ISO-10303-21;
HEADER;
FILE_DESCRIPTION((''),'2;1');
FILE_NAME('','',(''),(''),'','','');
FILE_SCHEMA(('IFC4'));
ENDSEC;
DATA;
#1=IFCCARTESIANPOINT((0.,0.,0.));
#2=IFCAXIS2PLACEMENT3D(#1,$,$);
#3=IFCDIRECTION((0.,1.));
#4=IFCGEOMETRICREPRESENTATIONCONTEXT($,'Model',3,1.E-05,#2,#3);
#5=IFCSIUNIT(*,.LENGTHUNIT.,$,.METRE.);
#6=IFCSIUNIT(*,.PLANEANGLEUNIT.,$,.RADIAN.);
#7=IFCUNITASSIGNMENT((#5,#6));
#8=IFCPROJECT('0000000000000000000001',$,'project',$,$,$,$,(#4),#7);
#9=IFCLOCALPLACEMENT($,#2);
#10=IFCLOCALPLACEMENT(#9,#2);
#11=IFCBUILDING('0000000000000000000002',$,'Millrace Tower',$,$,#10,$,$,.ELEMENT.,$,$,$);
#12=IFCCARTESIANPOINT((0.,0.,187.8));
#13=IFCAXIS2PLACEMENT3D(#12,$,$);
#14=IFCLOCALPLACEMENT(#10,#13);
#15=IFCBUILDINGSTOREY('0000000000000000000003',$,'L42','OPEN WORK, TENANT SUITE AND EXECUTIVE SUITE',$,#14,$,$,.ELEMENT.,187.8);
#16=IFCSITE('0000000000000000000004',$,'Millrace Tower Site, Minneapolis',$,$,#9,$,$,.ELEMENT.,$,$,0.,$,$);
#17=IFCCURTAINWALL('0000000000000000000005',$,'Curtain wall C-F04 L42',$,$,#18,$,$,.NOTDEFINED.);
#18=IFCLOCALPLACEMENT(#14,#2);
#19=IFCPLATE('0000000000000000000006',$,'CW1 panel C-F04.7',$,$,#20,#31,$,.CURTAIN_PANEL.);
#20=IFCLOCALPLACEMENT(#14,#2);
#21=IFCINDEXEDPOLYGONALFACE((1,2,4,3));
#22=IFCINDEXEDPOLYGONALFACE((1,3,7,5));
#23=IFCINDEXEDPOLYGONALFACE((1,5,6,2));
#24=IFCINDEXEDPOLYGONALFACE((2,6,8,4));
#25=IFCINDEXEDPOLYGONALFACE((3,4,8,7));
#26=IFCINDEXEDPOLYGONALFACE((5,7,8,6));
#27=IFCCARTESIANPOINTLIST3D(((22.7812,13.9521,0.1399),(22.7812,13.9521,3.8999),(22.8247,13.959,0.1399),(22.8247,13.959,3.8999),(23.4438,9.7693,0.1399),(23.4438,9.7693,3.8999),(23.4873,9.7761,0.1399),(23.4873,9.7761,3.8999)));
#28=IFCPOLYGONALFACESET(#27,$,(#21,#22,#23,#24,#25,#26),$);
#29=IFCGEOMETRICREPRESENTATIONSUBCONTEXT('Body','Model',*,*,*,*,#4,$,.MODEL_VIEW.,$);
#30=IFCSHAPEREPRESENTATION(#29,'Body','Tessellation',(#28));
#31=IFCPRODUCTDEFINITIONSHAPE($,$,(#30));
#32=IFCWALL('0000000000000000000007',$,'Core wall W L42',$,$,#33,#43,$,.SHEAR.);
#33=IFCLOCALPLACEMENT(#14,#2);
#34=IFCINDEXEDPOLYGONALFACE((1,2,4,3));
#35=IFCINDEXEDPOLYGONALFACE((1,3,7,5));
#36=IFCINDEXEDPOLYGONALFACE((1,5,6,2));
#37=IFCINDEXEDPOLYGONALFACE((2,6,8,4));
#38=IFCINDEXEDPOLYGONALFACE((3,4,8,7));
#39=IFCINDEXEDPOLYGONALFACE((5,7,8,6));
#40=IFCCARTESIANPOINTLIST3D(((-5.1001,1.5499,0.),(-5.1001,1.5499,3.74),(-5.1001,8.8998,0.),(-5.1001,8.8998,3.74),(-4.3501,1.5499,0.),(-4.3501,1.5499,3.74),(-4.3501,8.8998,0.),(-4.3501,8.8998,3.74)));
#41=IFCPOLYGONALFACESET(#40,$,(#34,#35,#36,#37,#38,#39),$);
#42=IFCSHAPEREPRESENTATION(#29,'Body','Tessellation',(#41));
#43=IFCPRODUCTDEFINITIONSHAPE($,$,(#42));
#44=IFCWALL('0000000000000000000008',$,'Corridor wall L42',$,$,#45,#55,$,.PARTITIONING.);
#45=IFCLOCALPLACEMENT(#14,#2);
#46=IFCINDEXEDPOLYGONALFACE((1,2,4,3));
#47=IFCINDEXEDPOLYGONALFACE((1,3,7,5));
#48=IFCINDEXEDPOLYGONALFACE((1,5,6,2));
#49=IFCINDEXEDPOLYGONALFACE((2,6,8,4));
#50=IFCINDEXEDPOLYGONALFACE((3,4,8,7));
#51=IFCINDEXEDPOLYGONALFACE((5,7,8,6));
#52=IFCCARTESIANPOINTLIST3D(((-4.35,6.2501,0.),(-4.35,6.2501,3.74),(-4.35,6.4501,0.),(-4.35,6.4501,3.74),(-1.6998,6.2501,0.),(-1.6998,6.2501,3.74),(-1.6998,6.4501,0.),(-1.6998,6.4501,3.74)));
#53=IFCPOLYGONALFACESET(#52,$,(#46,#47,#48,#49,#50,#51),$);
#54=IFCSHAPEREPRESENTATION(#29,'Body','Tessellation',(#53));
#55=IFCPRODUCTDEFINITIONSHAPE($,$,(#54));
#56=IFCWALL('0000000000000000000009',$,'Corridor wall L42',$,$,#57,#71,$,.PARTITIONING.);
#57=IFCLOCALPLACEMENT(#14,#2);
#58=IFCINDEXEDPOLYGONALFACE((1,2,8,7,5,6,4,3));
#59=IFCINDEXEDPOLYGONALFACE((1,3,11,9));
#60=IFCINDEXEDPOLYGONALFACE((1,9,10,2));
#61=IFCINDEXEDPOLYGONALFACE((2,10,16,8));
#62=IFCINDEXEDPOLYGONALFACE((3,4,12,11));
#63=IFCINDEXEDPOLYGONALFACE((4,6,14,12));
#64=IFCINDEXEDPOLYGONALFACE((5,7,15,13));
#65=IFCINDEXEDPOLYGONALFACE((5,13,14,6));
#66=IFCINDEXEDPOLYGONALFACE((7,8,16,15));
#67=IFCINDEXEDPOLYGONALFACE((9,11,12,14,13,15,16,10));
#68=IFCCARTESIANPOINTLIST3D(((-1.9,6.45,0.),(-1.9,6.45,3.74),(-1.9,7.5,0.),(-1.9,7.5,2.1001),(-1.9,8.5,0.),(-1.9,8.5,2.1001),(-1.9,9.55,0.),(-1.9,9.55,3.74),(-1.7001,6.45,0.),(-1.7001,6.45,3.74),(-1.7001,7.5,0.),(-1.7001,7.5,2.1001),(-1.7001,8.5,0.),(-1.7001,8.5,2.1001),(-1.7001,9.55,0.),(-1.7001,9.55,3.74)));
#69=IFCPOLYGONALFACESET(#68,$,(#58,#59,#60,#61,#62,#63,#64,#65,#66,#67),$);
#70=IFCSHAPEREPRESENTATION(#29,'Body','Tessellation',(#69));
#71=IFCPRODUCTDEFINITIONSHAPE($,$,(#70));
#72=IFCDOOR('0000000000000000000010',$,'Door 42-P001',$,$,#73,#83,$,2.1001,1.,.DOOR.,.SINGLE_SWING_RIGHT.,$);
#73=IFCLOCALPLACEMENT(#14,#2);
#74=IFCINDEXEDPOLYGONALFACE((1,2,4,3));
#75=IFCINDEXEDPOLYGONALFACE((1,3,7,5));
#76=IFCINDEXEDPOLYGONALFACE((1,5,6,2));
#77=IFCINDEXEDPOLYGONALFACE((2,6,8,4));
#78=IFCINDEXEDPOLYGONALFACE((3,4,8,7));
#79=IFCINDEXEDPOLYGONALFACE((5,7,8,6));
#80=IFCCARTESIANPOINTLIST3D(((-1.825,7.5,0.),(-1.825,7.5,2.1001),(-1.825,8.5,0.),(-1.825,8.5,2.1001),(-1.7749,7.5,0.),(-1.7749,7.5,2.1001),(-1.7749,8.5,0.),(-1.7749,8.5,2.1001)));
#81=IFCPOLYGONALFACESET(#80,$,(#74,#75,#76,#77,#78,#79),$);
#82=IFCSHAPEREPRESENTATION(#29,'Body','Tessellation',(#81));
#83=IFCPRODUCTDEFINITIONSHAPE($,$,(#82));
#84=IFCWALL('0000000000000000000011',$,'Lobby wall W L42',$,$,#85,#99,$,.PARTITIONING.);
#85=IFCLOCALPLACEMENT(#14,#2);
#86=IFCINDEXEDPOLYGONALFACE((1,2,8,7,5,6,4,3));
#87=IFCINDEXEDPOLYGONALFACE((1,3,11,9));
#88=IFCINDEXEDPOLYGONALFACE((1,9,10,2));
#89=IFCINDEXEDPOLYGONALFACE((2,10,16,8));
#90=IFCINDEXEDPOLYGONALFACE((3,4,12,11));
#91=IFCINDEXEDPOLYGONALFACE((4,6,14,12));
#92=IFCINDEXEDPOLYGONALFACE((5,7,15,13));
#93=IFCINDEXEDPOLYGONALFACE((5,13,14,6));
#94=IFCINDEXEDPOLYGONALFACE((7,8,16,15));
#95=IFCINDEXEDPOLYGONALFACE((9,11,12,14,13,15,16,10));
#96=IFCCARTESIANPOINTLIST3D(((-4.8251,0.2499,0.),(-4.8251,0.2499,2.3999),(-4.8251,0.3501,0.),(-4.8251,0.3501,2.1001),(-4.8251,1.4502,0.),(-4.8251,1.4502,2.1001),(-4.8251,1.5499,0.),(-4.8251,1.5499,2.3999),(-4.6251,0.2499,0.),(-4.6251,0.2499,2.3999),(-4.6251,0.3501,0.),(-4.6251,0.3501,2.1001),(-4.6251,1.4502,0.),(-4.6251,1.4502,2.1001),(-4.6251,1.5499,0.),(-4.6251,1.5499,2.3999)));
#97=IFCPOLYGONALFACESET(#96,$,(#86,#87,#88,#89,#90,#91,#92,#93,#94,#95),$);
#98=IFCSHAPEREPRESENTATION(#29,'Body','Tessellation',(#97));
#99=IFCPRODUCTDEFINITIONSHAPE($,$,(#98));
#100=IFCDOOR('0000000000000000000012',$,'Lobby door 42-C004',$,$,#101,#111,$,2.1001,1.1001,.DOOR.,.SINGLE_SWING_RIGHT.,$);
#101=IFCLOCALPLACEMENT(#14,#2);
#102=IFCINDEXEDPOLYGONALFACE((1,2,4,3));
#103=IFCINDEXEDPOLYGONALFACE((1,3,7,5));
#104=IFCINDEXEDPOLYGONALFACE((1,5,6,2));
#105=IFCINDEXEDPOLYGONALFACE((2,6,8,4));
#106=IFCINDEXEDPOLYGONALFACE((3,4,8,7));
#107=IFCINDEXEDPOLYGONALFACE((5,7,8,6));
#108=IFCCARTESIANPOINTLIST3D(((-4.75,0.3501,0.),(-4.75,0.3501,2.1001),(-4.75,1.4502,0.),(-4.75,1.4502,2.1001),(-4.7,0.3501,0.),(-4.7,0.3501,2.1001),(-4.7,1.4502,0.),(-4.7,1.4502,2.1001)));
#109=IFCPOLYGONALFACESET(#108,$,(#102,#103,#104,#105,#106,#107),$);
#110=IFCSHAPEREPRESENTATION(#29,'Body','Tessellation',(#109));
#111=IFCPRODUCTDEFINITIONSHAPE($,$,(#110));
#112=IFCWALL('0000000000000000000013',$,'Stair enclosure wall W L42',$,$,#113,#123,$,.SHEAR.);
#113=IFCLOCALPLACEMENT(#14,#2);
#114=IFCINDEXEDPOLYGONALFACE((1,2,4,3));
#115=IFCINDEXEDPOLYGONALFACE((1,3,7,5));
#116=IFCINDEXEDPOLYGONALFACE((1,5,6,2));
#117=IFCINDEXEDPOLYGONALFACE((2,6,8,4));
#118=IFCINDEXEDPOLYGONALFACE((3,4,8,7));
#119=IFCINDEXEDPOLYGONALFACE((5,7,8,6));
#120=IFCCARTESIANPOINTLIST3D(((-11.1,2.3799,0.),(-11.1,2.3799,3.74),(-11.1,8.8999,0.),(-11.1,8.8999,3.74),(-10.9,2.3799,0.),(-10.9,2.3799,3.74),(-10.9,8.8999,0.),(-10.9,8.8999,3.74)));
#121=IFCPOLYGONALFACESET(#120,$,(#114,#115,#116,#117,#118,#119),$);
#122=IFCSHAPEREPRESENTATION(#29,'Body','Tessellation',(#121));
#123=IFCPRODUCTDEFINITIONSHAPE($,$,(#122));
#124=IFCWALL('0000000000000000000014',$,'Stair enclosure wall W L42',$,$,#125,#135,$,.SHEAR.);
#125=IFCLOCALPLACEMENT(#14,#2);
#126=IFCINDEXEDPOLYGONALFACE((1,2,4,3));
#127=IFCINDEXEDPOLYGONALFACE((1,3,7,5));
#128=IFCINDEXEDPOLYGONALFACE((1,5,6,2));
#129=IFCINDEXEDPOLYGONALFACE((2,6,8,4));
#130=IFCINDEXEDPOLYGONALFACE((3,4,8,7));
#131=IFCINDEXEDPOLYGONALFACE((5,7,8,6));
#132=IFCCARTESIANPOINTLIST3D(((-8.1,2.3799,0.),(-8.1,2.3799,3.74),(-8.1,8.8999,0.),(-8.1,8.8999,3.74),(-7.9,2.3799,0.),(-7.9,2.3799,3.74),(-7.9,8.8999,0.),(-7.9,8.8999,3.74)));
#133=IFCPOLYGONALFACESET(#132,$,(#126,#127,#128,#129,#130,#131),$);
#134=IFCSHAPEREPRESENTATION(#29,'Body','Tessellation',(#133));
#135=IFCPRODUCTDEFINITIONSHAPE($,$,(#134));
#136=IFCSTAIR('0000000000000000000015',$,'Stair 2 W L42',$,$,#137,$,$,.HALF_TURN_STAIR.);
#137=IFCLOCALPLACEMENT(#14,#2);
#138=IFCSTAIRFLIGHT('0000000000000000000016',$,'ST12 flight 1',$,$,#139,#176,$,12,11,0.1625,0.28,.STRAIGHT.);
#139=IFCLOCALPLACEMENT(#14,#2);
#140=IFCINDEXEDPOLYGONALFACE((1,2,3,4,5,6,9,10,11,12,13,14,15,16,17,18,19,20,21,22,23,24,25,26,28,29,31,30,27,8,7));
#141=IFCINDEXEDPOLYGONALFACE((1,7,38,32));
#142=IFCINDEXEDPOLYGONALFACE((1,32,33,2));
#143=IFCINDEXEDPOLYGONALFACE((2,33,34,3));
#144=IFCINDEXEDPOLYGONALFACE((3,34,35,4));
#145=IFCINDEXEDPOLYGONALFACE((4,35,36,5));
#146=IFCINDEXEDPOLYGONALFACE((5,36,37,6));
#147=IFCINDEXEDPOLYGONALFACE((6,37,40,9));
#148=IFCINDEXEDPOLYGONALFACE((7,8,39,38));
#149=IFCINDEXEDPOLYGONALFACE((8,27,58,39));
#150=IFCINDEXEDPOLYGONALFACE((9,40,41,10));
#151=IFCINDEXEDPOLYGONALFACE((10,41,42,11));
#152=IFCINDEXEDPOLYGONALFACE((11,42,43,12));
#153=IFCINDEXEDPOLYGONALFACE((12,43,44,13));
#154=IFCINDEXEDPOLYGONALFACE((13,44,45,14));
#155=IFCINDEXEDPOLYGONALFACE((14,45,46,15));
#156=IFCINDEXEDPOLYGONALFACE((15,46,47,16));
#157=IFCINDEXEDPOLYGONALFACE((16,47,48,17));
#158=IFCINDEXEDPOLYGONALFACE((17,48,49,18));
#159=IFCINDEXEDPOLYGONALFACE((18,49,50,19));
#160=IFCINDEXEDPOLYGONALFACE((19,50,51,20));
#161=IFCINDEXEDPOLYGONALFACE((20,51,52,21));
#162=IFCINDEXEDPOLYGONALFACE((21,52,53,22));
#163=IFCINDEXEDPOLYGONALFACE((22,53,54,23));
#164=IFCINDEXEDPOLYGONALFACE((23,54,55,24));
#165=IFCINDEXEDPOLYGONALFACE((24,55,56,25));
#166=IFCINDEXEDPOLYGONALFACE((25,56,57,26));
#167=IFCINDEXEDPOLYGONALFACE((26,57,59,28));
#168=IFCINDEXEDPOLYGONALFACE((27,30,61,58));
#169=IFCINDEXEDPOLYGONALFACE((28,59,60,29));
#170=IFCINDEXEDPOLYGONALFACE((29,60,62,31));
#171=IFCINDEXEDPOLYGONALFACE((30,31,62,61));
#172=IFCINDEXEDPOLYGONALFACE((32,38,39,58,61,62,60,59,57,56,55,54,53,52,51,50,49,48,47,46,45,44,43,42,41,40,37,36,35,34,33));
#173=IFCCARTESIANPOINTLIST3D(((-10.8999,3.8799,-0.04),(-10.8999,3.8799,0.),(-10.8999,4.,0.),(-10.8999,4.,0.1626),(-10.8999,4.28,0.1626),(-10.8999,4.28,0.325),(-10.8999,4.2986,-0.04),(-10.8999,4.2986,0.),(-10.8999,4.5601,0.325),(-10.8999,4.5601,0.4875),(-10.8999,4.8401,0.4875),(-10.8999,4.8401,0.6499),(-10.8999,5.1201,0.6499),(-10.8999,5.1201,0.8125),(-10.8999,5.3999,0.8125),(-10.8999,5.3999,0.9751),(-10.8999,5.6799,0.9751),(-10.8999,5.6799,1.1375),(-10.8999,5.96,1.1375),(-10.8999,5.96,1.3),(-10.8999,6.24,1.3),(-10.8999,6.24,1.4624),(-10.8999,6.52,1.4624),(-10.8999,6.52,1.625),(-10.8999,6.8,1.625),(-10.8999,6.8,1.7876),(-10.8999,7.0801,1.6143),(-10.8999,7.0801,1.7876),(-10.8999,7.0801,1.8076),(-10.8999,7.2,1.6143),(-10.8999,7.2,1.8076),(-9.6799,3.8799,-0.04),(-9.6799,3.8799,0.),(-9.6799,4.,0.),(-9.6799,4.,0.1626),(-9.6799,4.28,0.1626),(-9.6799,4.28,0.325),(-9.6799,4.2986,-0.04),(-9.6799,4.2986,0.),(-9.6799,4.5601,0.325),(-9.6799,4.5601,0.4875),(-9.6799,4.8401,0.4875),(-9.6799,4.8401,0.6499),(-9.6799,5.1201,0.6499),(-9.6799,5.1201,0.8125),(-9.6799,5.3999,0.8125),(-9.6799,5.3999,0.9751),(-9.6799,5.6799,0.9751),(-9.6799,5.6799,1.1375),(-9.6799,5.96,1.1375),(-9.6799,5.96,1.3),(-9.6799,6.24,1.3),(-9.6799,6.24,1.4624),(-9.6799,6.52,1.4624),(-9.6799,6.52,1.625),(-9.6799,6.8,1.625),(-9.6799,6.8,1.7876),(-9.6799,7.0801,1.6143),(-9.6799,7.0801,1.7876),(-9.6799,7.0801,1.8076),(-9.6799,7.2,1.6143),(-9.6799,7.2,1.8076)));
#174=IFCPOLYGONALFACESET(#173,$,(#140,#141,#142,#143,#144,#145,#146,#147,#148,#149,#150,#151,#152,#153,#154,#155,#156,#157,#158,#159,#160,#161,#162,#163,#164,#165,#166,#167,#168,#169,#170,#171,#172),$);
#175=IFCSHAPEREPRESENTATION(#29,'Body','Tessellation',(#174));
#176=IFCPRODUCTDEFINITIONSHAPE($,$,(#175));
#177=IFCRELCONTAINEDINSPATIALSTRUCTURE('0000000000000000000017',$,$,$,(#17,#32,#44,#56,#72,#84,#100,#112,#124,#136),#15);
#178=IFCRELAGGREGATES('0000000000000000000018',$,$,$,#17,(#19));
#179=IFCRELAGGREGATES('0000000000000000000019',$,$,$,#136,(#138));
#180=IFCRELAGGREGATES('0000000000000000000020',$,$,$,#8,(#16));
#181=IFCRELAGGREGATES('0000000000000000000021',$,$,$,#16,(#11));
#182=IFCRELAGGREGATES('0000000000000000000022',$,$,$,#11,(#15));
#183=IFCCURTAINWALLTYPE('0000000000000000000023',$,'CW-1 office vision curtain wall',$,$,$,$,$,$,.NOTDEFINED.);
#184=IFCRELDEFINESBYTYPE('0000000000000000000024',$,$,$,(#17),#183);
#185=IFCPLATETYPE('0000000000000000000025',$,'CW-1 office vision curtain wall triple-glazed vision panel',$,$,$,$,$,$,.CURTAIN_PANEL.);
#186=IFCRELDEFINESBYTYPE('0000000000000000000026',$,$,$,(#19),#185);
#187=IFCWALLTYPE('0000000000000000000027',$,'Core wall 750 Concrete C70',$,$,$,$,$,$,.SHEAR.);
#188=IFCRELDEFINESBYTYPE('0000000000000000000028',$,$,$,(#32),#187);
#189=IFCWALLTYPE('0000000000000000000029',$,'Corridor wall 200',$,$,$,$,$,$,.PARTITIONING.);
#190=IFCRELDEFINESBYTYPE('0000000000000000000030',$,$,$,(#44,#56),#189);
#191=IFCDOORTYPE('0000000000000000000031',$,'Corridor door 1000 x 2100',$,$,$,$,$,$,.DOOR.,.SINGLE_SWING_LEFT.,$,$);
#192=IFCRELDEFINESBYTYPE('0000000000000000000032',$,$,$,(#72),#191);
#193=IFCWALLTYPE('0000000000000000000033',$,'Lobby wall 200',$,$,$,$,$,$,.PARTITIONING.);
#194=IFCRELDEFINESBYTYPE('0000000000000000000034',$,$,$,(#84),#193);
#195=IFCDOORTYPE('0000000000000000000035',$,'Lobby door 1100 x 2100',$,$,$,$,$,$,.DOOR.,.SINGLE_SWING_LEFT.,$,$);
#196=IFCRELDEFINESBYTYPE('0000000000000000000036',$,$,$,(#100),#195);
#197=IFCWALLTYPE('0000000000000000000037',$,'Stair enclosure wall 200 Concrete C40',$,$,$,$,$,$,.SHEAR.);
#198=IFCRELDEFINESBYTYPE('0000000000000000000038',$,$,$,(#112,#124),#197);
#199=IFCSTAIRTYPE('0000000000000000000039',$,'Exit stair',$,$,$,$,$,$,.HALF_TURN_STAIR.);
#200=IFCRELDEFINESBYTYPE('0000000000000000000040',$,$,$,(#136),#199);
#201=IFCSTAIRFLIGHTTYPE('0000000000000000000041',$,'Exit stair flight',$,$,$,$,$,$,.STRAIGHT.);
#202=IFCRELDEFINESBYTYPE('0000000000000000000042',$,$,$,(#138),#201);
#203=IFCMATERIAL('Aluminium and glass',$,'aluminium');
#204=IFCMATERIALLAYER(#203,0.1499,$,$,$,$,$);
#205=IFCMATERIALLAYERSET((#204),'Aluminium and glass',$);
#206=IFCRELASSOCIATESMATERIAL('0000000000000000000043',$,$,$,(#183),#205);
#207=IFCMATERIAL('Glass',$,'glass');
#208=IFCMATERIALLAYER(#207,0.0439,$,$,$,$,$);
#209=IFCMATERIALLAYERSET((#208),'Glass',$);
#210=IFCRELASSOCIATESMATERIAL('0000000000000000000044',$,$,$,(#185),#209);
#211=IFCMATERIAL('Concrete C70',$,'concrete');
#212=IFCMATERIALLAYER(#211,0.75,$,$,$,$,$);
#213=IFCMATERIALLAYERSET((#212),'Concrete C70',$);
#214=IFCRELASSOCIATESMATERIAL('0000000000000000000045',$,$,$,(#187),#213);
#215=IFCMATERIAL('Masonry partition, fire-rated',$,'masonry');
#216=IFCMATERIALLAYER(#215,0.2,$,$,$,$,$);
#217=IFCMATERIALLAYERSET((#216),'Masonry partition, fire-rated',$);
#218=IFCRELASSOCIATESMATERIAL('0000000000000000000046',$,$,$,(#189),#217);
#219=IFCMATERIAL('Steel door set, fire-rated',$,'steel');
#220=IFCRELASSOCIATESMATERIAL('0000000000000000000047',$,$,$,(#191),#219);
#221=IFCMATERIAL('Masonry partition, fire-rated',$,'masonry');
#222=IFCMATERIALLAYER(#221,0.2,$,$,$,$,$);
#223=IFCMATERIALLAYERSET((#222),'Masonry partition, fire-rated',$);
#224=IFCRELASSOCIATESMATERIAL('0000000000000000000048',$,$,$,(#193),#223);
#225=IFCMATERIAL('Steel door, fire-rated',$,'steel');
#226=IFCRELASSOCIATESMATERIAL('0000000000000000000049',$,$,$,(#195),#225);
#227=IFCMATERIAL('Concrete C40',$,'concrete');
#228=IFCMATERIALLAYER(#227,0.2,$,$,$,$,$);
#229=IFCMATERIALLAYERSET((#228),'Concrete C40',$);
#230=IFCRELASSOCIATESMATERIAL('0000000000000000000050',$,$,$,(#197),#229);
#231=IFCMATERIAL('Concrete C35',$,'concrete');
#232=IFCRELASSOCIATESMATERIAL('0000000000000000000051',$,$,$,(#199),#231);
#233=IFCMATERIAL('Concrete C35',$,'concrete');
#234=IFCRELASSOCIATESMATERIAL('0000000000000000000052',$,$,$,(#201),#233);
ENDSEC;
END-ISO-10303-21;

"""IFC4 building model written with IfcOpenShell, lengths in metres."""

from ifc_helpers import new_model, si_unit, direction, frame, frame_2d, origin, place, context, subcontext, project, spatial, polyline, rectangle, outline, extrude, material, layer, layer_set, type_object, element, fill, aggregate, save


model = new_model("IFC4")

# Units and contexts
model_context = context("Model", 3, precision=1e-05, world=origin(), true_north=direction((0.0, 1.0)))
body_context = subcontext(model_context, "Body", "Model", "MODEL_VIEW")
ifc_project = project(units=[si_unit("LENGTHUNIT", "METRE"), si_unit("PLANEANGLEUNIT", "RADIAN")], contexts=[model_context])

# Site, building, storey
site_placement = place(None, origin())
site = spatial("IfcSite", under=ifc_project, at=site_placement, Name="Millrace Tower Site, Minneapolis", CompositionType="ELEMENT", RefElevation=0.0)
building_placement = place(site_placement, origin())
building = spatial("IfcBuilding", under=site, at=building_placement, Name="Millrace Tower", CompositionType="ELEMENT")
storey_placement = place(building_placement, frame((0.0, 0.0, 187.8)))
storey = spatial("IfcBuildingStorey", under=building, at=storey_placement, Name="L42", Description="OPEN WORK, TENANT SUITE AND EXECUTIVE SUITE", CompositionType="ELEMENT", Elevation=187.8)

# Shared definitions
ifc_material_1 = material(Name="Aluminium and glass", Category="aluminium")
ifc_layer_1 = layer(ifc_material_1, 0.1499)
ifc_layer_set_1 = layer_set([ifc_layer_1], Name="Aluminium and glass")
curtain_wall_type = type_object("IfcCurtainWallType", Name="CW-1 office vision curtain wall", PredefinedType="NOTDEFINED", material=ifc_layer_set_1)
placement_1 = place(storey_placement, origin())
ifc_material_2 = material(Name="Glass", Category="glass")
ifc_layer_2 = layer(ifc_material_2, 0.0439)
ifc_layer_set_2 = layer_set([ifc_layer_2], Name="Glass")
plate_type = type_object("IfcPlateType", Name="CW-1 office vision curtain wall triple-glazed vision panel", PredefinedType="CURTAIN_PANEL", material=ifc_layer_set_2)
placement_2 = place(storey_placement, frame((0.0, 0.0, 0.1399)))

# Curtain wall, plate
curtain_wall_1 = element("IfcCurtainWall", 1, at=placement_1, inside=storey, type_object=curtain_wall_type, Name="Curtain wall C-F04 L42", PredefinedType="NOTDEFINED")
plate_1 = element("IfcPlate", 2, at=placement_2, type_object=plate_type, Name="CW1 panel C-F04.7", PredefinedType="CURTAIN_PANEL", context=body_context, shape_type="SweptSolid", body=[
    extrude(outline(polyline([(23.4873, 9.7761), (22.8247, 13.959), (22.7812, 13.9521), (23.4438, 9.7693), (23.4873, 9.7761)])), origin(), (0.0, 0.0, 1.0), 3.76),
])
aggregate(curtain_wall_1, [plate_1])

# Walls
ifc_material_3 = material(Name="Concrete C70", Category="concrete")
ifc_layer_3 = layer(ifc_material_3, 0.75)
ifc_layer_set_3 = layer_set([ifc_layer_3], Name="Concrete C70")
wall_type_1 = type_object("IfcWallType", Name="Core wall 750 Concrete C70", PredefinedType="SHEAR", material=ifc_layer_set_3)
wall_1_placement = place(storey_placement, frame((-4.7251, 1.55, 0.0), z_axis=(0.0, 0.0, 1.0), x_axis=(0.0, 1.0, 0.0)))
element("IfcWall", 3, at=wall_1_placement, inside=storey, type_object=wall_type_1, Name="Core wall W L42", PredefinedType="SHEAR", context=body_context, shape_type="SweptSolid", body=[
    extrude(rectangle(XDim=7.3499, YDim=0.75, at=frame_2d((3.6748, 0.0))), origin(), (0.0, 0.0, 1.0), 3.74),
])
ifc_material_4 = material(Name="Masonry partition, fire-rated", Category="masonry")
ifc_layer_4 = layer(ifc_material_4, 0.2)
ifc_layer_set_4 = layer_set([ifc_layer_4], Name="Masonry partition, fire-rated")
wall_type_2 = type_object("IfcWallType", Name="Corridor wall 200", PredefinedType="PARTITIONING", material=ifc_layer_set_4)
wall_2_placement = place(storey_placement, frame((-4.3501, 6.3501, 0.0), z_axis=(0.0, 0.0, 1.0), x_axis=(1.0, 0.0, 0.0)))
element("IfcWall", 4, at=wall_2_placement, inside=storey, type_object=wall_type_2, Name="Corridor wall L42", PredefinedType="PARTITIONING", context=body_context, shape_type="SweptSolid", body=[
    extrude(rectangle(XDim=2.6501, YDim=0.2, at=frame_2d((1.3252, 0.0))), origin(), (0.0, 0.0, 1.0), 3.74),
])

# Walls, openings, doors
wall_3_placement = place(storey_placement, frame((-1.8, 6.45, 0.0), z_axis=(0.0, 0.0, 1.0), x_axis=(0.0, 1.0, 0.0)))
wall_3 = element("IfcWall", 5, at=wall_3_placement, inside=storey, type_object=wall_type_2, Name="Corridor wall L42", PredefinedType="PARTITIONING", context=body_context, shape_type="SweptSolid", body=[
    extrude(rectangle(XDim=3.1001, YDim=0.2, at=frame_2d((1.55, 0.0))), origin(), (0.0, 0.0, 1.0), 3.74),
])
opening_1_placement = place(wall_3_placement, frame((1.05, 0.0, 0.0)))
opening_1 = element("IfcOpeningElement", 6, at=opening_1_placement, cuts=wall_3, PredefinedType="OPENING", context=body_context, shape_type="SweptSolid", body=[
    extrude(rectangle(XDim=1.0, YDim=2.1001, at=frame_2d((0.5, 1.05))), frame((0.0, 0.1099, 0.0), z_axis=(0.0, -1.0, 0.0), x_axis=(1.0, 0.0, 0.0)), (0.0, 0.0, 1.0), 0.22),
])
ifc_material_5 = material(Name="Steel door set, fire-rated", Category="steel")
door_type_1 = type_object("IfcDoorType", Name="Corridor door 1000 x 2100", OperationType="SINGLE_SWING_LEFT", PredefinedType="DOOR", material=ifc_material_5)
door_1_placement = place(opening_1_placement, origin())
door_1 = element("IfcDoor", 7, at=door_1_placement, inside=storey, type_object=door_type_1, Name="Door 42-P001", OperationType="SINGLE_SWING_RIGHT", OverallHeight=2.1001, OverallWidth=1.0, PredefinedType="DOOR", context=body_context, shape_type="SweptSolid", body=[
    extrude(rectangle(XDim=1.0, YDim=2.1001, at=frame_2d((0.5, 1.05))), frame((0.0, 0.0249, 0.0), z_axis=(0.0, -1.0, 0.0), x_axis=(1.0, 0.0, 0.0)), (0.0, 0.0, 1.0), 0.05),
])
fill(opening_1, door_1)
ifc_material_6 = material(Name="Masonry partition, fire-rated", Category="masonry")
ifc_layer_5 = layer(ifc_material_6, 0.2)
ifc_layer_set_5 = layer_set([ifc_layer_5], Name="Masonry partition, fire-rated")
wall_type_3 = type_object("IfcWallType", Name="Lobby wall 200", PredefinedType="PARTITIONING", material=ifc_layer_set_5)
wall_4_placement = place(storey_placement, frame((-4.7251, 0.25, 0.0), z_axis=(0.0, 0.0, 1.0), x_axis=(0.0, 1.0, 0.0)))
wall_4 = element("IfcWall", 8, at=wall_4_placement, inside=storey, type_object=wall_type_3, Name="Lobby wall W L42", PredefinedType="PARTITIONING", context=body_context, shape_type="SweptSolid", body=[
    extrude(rectangle(XDim=1.3, YDim=0.2, at=frame_2d((0.6499, 0.0))), origin(), (0.0, 0.0, 1.0), 2.3999),
])
opening_2_placement = place(wall_4_placement, frame((0.1001, 0.0, 0.0)))
opening_2 = element("IfcOpeningElement", 9, at=opening_2_placement, cuts=wall_4, PredefinedType="OPENING", context=body_context, shape_type="SweptSolid", body=[
    extrude(rectangle(XDim=1.1001, YDim=2.1001, at=frame_2d((0.55, 1.05))), frame((0.0, 0.1099, 0.0), z_axis=(0.0, -1.0, 0.0), x_axis=(1.0, 0.0, 0.0)), (0.0, 0.0, 1.0), 0.22),
])
ifc_material_7 = material(Name="Steel door, fire-rated", Category="steel")
door_type_2 = type_object("IfcDoorType", Name="Lobby door 1100 x 2100", OperationType="SINGLE_SWING_LEFT", PredefinedType="DOOR", material=ifc_material_7)
door_2_placement = place(opening_2_placement, origin())
door_2 = element("IfcDoor", 10, at=door_2_placement, inside=storey, type_object=door_type_2, Name="Lobby door 42-C004", OperationType="SINGLE_SWING_RIGHT", OverallHeight=2.1001, OverallWidth=1.1001, PredefinedType="DOOR", context=body_context, shape_type="SweptSolid", body=[
    extrude(rectangle(XDim=1.1001, YDim=2.1001, at=frame_2d((0.55, 1.05))), frame((0.0, 0.0249, 0.0), z_axis=(0.0, -1.0, 0.0), x_axis=(1.0, 0.0, 0.0)), (0.0, 0.0, 1.0), 0.05),
])
fill(opening_2, door_2)

# Walls
ifc_material_8 = material(Name="Concrete C40", Category="concrete")
ifc_layer_6 = layer(ifc_material_8, 0.2)
ifc_layer_set_6 = layer_set([ifc_layer_6], Name="Concrete C40")
wall_type_4 = type_object("IfcWallType", Name="Stair enclosure wall 200 Concrete C40", PredefinedType="SHEAR", material=ifc_layer_set_6)
for number, where, z_axis, x_axis, name in (
    (11, (-11.0, 2.3799, 0.0), (0.0, 0.0, 1.0), (0.0, 1.0, 0.0), "Stair enclosure wall W L42"),
    (12, (-8.0, 2.3799, 0.0), (0.0, 0.0, 1.0), (0.0, 1.0, 0.0), "Stair enclosure wall W L42"),
):
    element("IfcWall", number, at=place(storey_placement, frame(where, z_axis=z_axis, x_axis=x_axis)), inside=storey, type_object=wall_type_4, Name=name, PredefinedType="SHEAR", context=body_context, shape_type="SweptSolid", body=[
        extrude(rectangle(XDim=6.52, YDim=0.2, at=frame_2d((3.26, 0.0))), origin(), (0.0, 0.0, 1.0), 3.74),
    ])

# Stair, stair flight
ifc_material_9 = material(Name="Concrete C35", Category="concrete")
stair_type = type_object("IfcStairType", Name="Exit stair", PredefinedType="HALF_TURN_STAIR", material=ifc_material_9)
stair_1 = element("IfcStair", 13, at=placement_1, inside=storey, type_object=stair_type, Name="Stair 2 W L42", PredefinedType="HALF_TURN_STAIR")
ifc_material_10 = material(Name="Concrete C35", Category="concrete")
stair_flight_type = type_object("IfcStairFlightType", Name="Exit stair flight", PredefinedType="STRAIGHT", material=ifc_material_10)
stair_flight_1_placement = place(storey_placement, frame((-10.29, 4.0, 0.0), z_axis=(0.0, 0.0, 1.0), x_axis=(0.0, 1.0, 0.0)))
stair_flight_1 = element("IfcStairFlight", 14, at=stair_flight_1_placement, type_object=stair_flight_type, Name="ST12 flight 1", NumberOfRisers=12, NumberOfTreads=11, PredefinedType="STRAIGHT", RiserHeight=0.1625, TreadLength=0.28, context=body_context, shape_type="SweptSolid", body=[
    extrude(outline(polyline([(-0.1201, -0.04), (-0.1201, 0.0), (0.0, 0.0), (0.0, 0.1626), (0.28, 0.1626), (0.28, 0.325), (0.5601, 0.325), (0.5601, 0.4875), (0.8401, 0.4875), (0.8401, 0.6499), (1.1201, 0.6499), (1.1201, 0.8125), (1.3999, 0.8125), (1.3999, 0.9751), (1.6799, 0.9751), (1.6799, 1.1375), (1.96, 1.1375), (1.96, 1.3), (2.24, 1.3), (2.24, 1.4624), (2.52, 1.4624), (2.52, 1.625), (2.8, 1.625), (2.8, 1.7876), (3.0801, 1.7876), (3.0801, 1.8076), (3.2, 1.8076), (3.2, 1.6143), (3.0801, 1.6143), (0.2986, 0.0), (0.2986, -0.04), (-0.1201, -0.04)])), frame((0.0, 0.6099, 0.0), z_axis=(0.0, -1.0, 0.0), x_axis=(1.0, 0.0, 0.0)), (0.0, 0.0, 1.0), 1.22),
])
aggregate(stair_1, [stair_flight_1])

save(model, "model.ifc")
